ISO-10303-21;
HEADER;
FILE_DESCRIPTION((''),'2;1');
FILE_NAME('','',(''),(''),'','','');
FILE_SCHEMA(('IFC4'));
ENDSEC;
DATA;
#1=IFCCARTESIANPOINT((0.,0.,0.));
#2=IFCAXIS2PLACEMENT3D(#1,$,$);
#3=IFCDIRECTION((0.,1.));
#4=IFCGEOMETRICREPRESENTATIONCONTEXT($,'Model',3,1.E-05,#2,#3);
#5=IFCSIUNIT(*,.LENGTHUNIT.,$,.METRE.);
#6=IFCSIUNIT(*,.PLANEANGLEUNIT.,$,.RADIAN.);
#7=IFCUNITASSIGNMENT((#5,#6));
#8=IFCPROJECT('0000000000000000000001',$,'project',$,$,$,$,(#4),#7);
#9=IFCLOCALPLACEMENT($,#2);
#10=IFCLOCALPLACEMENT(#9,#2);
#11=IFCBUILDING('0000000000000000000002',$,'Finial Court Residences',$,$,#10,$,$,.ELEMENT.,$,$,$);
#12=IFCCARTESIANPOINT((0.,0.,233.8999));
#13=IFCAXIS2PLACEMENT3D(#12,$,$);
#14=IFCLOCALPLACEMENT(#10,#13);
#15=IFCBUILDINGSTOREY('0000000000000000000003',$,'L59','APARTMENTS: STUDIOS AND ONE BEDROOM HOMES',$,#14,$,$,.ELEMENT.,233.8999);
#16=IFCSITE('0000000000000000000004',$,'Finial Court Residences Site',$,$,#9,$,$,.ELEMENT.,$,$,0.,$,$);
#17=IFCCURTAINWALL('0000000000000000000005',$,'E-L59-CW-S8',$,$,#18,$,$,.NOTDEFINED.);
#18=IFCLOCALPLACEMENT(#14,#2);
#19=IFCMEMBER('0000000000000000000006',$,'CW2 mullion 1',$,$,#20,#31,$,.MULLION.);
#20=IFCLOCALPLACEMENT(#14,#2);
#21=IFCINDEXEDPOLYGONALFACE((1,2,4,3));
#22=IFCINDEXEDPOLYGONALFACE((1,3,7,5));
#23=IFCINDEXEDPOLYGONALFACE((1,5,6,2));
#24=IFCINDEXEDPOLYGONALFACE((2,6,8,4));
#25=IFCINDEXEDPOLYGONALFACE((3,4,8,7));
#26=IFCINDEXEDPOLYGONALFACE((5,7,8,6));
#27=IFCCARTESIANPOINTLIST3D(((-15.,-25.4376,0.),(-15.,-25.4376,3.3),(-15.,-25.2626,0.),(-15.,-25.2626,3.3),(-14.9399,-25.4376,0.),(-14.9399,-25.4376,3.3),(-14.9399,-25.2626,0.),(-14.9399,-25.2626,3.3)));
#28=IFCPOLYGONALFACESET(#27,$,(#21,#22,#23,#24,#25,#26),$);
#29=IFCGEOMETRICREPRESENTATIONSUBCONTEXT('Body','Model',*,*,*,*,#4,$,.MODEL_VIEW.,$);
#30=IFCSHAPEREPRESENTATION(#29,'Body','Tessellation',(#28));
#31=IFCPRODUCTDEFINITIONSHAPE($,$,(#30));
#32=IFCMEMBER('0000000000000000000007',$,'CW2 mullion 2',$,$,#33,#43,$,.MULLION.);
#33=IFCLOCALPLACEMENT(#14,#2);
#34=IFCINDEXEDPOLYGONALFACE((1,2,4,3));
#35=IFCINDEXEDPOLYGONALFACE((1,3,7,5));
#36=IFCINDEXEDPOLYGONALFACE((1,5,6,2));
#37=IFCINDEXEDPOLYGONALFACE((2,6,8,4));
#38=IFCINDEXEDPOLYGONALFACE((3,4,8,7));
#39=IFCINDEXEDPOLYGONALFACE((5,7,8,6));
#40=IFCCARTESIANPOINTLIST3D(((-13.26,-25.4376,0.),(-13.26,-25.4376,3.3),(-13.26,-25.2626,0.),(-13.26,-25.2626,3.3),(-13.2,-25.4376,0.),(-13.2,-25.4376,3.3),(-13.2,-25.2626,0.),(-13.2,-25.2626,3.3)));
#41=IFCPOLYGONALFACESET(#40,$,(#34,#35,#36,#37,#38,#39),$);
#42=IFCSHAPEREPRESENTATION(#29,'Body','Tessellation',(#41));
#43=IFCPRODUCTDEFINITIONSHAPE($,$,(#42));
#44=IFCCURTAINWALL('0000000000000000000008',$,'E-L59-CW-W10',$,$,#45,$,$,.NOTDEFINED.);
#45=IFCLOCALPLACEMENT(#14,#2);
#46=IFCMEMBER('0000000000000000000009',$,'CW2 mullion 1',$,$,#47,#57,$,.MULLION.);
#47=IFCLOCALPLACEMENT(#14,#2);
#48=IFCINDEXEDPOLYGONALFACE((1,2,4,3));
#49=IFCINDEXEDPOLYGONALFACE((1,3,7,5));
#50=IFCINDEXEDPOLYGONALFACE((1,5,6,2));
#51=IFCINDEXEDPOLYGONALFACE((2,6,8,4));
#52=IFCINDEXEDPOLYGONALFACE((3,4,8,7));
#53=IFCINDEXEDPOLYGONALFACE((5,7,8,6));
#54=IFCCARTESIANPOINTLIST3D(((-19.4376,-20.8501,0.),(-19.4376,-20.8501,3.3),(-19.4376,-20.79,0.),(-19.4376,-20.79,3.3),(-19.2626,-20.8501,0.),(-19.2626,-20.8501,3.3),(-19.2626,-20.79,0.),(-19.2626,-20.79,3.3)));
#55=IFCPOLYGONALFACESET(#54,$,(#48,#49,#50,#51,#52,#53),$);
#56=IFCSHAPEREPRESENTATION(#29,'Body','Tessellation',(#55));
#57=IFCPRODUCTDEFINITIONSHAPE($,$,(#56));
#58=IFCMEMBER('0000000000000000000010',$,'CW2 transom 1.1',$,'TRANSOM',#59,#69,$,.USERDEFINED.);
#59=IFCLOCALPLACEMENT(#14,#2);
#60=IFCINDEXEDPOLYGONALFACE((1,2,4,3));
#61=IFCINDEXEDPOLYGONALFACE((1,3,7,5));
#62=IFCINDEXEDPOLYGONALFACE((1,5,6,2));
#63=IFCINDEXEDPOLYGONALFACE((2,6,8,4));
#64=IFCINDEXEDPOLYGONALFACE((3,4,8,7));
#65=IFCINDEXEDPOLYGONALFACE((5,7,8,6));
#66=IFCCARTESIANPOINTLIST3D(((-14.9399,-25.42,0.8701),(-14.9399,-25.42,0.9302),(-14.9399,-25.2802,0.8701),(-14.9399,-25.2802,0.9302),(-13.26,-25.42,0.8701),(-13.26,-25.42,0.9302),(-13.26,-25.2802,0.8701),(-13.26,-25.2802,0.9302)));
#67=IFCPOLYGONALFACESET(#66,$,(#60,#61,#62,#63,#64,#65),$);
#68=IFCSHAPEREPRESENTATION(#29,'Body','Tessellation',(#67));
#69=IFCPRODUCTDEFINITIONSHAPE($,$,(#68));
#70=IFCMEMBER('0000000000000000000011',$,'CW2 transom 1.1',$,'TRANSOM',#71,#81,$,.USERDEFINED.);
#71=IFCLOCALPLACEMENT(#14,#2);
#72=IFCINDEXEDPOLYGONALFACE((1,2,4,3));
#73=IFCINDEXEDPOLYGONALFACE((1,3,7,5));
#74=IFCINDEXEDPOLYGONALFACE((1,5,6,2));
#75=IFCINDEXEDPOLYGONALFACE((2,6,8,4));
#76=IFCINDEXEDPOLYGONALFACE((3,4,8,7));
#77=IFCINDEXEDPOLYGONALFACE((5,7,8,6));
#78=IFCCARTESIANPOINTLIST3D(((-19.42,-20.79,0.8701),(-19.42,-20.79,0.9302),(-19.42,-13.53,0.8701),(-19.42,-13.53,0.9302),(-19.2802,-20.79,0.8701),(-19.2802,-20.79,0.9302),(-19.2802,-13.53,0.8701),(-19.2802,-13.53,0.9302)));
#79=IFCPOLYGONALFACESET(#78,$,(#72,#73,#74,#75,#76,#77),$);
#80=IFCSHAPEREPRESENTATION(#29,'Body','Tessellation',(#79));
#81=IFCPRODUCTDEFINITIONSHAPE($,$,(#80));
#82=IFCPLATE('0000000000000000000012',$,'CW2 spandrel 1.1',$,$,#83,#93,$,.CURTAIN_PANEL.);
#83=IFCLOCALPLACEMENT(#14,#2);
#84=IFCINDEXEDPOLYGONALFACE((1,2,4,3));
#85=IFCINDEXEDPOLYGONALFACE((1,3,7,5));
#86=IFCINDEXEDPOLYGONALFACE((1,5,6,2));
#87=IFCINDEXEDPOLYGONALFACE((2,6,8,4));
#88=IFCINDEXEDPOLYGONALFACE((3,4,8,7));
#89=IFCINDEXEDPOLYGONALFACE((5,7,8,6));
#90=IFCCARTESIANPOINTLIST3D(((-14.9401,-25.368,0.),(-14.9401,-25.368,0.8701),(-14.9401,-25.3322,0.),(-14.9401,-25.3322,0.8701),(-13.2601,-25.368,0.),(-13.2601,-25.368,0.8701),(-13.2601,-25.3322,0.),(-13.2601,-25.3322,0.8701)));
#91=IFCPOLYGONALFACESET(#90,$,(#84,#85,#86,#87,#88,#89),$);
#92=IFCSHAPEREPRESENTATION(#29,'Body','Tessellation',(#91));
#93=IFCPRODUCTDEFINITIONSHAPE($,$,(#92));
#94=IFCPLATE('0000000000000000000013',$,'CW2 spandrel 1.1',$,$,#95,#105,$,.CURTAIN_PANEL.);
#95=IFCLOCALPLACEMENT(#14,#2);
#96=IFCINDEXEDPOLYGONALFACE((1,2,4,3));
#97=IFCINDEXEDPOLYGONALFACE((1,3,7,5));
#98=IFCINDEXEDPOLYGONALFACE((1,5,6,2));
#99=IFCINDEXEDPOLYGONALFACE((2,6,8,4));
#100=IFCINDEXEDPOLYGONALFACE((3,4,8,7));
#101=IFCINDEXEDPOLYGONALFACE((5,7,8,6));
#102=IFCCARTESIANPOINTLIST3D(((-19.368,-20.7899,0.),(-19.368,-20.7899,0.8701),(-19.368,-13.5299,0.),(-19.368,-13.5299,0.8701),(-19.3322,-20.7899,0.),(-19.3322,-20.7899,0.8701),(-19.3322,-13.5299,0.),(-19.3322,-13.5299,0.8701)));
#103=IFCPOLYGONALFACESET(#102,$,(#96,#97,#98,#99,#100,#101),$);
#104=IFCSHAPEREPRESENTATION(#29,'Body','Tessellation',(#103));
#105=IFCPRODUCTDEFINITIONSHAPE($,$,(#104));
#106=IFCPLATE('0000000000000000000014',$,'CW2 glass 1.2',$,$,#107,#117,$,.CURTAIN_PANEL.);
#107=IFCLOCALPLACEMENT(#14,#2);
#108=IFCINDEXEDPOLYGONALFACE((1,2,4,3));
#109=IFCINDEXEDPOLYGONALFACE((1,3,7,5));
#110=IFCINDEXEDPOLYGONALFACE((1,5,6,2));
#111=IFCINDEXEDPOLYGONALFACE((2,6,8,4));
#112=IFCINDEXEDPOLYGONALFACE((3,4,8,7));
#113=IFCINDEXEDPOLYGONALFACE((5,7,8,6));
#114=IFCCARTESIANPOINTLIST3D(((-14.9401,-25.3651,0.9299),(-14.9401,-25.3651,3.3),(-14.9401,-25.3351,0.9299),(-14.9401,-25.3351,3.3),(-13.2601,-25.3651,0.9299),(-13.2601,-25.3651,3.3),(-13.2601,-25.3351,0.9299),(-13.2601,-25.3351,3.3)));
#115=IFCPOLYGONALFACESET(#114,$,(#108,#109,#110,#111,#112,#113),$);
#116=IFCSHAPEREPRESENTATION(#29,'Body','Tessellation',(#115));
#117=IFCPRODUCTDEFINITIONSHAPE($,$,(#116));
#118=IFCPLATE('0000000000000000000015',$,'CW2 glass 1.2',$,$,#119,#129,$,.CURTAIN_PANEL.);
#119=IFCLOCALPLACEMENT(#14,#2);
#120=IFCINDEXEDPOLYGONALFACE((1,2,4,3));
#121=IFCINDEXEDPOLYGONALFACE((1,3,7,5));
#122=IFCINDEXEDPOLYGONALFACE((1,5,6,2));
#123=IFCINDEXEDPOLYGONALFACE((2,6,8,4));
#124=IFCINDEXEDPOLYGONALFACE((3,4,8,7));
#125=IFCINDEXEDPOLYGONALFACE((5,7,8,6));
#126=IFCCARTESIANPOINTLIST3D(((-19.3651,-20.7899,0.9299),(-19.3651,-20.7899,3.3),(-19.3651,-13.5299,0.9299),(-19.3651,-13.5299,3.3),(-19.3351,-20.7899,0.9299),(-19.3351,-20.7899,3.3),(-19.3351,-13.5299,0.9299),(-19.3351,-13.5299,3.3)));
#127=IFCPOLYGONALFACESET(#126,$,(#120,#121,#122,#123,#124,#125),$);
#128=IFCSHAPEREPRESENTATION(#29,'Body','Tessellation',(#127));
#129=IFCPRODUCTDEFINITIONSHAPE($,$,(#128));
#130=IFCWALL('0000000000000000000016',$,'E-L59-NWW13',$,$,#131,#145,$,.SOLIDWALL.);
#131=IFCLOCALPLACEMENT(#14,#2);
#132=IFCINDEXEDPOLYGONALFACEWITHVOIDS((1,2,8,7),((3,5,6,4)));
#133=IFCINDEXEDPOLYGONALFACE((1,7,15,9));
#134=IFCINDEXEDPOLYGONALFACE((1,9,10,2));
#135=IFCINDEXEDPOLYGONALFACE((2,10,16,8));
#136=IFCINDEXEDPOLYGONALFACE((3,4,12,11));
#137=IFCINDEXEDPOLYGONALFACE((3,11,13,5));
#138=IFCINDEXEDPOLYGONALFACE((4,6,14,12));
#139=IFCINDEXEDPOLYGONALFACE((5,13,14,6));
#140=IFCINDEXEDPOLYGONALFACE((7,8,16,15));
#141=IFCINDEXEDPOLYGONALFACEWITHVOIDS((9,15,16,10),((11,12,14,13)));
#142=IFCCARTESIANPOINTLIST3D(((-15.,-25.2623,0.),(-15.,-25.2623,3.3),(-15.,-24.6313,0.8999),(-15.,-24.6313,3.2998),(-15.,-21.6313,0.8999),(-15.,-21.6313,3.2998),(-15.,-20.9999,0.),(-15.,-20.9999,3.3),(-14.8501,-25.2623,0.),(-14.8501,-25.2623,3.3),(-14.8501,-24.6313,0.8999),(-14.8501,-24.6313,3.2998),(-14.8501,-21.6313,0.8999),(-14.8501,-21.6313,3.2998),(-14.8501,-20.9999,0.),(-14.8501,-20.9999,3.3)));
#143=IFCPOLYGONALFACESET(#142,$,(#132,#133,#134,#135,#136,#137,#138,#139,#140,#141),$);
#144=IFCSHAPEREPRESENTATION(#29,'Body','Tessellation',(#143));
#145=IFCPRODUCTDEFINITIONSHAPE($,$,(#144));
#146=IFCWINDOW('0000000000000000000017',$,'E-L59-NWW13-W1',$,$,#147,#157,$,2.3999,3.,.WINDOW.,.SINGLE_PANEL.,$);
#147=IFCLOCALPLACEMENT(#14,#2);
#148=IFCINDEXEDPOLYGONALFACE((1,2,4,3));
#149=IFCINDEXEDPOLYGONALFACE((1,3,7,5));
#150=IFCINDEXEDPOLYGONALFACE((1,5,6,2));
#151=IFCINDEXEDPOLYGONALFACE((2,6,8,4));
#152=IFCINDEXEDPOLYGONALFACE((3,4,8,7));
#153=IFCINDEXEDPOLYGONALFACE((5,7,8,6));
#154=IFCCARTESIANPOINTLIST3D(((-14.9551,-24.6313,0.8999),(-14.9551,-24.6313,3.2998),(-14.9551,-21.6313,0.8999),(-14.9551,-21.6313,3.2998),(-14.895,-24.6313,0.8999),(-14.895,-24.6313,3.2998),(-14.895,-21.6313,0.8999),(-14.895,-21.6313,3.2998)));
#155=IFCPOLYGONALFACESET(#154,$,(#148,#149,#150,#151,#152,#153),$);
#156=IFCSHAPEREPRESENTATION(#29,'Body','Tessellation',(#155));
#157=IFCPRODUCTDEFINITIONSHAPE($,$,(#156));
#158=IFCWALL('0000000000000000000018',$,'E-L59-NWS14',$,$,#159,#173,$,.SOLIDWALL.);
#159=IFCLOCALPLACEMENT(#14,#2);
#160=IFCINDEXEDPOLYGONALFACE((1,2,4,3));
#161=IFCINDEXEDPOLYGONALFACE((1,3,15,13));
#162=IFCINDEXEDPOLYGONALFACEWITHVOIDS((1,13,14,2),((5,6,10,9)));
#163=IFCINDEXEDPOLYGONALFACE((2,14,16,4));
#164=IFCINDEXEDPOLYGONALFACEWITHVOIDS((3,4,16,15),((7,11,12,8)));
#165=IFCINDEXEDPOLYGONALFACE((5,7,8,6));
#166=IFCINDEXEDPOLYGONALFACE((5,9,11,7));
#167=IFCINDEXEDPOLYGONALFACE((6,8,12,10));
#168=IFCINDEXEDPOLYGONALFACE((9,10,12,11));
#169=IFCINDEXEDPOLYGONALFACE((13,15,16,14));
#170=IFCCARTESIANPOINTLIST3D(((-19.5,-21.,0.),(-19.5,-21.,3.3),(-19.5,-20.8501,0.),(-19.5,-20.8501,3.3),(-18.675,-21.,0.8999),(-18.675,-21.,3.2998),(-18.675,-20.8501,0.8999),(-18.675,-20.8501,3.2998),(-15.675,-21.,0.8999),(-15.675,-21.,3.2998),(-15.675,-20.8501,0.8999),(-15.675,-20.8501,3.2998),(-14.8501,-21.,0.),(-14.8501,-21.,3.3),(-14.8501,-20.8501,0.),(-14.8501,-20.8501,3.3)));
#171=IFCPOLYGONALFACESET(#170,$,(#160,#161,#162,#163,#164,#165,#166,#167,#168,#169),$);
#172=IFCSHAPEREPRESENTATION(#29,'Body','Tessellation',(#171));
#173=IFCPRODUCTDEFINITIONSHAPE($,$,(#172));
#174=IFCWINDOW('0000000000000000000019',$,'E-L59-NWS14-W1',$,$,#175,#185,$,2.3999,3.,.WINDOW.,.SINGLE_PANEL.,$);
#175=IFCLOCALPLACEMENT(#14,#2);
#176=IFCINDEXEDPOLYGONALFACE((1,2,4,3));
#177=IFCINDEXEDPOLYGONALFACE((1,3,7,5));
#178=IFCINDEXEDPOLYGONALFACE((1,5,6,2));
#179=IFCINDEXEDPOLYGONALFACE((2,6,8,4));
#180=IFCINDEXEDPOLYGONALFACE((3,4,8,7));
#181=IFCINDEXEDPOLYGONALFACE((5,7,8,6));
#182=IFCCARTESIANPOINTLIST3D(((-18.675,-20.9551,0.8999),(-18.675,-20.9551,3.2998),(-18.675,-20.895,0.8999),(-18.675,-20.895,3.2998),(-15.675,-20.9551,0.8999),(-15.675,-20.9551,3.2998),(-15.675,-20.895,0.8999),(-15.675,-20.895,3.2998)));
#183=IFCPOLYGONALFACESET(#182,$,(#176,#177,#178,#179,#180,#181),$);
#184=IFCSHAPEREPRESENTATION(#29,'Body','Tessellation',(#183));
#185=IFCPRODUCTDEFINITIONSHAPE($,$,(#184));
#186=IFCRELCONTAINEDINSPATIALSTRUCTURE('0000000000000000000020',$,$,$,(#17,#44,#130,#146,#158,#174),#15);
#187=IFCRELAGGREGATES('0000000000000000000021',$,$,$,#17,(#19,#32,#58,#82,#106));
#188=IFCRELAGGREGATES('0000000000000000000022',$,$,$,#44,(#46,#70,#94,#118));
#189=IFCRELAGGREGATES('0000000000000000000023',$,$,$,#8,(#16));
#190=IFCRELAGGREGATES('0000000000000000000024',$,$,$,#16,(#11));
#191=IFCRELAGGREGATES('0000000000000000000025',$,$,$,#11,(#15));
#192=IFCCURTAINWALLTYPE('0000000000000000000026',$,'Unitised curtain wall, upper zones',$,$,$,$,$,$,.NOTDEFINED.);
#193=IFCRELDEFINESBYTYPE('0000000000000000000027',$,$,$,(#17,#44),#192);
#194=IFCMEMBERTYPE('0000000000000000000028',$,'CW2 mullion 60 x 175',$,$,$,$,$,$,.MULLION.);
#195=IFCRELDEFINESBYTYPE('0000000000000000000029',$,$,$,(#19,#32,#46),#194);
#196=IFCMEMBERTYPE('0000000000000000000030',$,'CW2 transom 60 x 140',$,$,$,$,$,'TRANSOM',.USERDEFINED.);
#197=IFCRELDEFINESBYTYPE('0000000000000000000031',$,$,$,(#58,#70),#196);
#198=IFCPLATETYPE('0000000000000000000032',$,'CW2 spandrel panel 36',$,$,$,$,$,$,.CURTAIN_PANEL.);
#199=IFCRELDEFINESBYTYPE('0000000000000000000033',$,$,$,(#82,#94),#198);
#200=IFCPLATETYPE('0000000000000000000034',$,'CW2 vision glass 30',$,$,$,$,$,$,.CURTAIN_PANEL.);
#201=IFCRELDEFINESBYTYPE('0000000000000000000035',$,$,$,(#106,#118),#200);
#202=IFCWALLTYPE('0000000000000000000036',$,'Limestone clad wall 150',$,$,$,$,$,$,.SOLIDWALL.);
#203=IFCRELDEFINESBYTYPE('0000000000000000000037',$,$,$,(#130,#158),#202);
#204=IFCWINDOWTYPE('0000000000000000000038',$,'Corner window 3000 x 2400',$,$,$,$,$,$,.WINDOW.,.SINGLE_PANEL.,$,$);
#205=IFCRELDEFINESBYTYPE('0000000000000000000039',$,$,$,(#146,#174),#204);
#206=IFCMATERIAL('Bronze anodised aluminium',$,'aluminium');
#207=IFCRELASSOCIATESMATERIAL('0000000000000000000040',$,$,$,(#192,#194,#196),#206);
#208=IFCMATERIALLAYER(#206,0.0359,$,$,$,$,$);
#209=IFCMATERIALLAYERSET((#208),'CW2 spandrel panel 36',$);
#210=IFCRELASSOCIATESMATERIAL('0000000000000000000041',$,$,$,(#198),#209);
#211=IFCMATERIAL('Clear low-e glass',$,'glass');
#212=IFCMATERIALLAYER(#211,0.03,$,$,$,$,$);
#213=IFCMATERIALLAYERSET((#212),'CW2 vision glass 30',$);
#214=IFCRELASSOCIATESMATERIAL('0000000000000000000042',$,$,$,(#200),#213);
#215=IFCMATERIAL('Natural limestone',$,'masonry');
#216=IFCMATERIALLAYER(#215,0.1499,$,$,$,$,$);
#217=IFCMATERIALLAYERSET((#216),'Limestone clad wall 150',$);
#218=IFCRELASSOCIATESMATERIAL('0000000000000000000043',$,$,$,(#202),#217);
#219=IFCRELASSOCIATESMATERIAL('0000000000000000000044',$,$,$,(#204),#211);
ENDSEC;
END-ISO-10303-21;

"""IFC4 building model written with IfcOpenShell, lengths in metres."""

from ifc_helpers import new_model, si_unit, direction, frame, frame_2d, origin, origin_2d, place, context, subcontext, project, spatial, rectangle, extrude, material, layer, layer_set, material_profile, profile_set, type_object, element, fill, aggregate, save


model = new_model("IFC4")

# Units and contexts
model_context = context("Model", 3, precision=1e-05, world=origin(), true_north=direction((0.0, 1.0)))
body_context = subcontext(model_context, "Body", "Model", "MODEL_VIEW")
ifc_project = project(units=[si_unit("LENGTHUNIT", "METRE"), si_unit("PLANEANGLEUNIT", "RADIAN")], contexts=[model_context])

# Site, building, storey
site_placement = place(None, origin())
site = spatial("IfcSite", under=ifc_project, at=site_placement, Name="Finial Court Residences Site", CompositionType="ELEMENT", RefElevation=0.0)
building_placement = place(site_placement, origin())
building = spatial("IfcBuilding", under=site, at=building_placement, Name="Finial Court Residences", CompositionType="ELEMENT")
storey_placement = place(building_placement, frame((0.0, 0.0, 233.8999)))
storey = spatial("IfcBuildingStorey", under=building, at=storey_placement, Name="L59", Description="APARTMENTS: STUDIOS AND ONE BEDROOM HOMES", CompositionType="ELEMENT", Elevation=233.8999)

# Curtain wall, members
ifc_material_1 = material(Name="Bronze anodised aluminium", Category="aluminium")
curtain_wall_type = type_object("IfcCurtainWallType", Name="Unitised curtain wall, upper zones", PredefinedType="NOTDEFINED", material=ifc_material_1)
curtain_wall_1_placement = place(storey_placement, origin())
curtain_wall_1 = element("IfcCurtainWall", 1, at=curtain_wall_1_placement, inside=storey, type_object=curtain_wall_type, Name="E-L59-CW-S8", PredefinedType="NOTDEFINED")
ifc_material_profile_1 = material_profile(ifc_material_1, rectangle(XDim=0.175, YDim=0.0601, at=origin_2d()), Name="CW2 mullion 60 x 175")
ifc_profile_set_1 = profile_set([ifc_material_profile_1], Name="Bronze anodised aluminium")
member_type_1 = type_object("IfcMemberType", Name="CW2 mullion 60 x 175", PredefinedType="MULLION", material=ifc_profile_set_1)
member_1_placement = place(storey_placement, frame((-14.97, -25.3501, 0.0), z_axis=(0.0, 0.0, 1.0), x_axis=(0.0, 1.0, 0.0)))
member_1 = element("IfcMember", 2, at=member_1_placement, type_object=member_type_1, Name="CW2 mullion 1", PredefinedType="MULLION", context=body_context, shape_type="SweptSolid", body=[
    extrude(rectangle(XDim=0.175, YDim=0.0601, at=origin_2d()), origin(), (0.0, 0.0, 1.0), 3.3),
])
member_2_placement = place(storey_placement, frame((-13.23, -25.3501, 0.0), z_axis=(0.0, 0.0, 1.0), x_axis=(0.0, 1.0, 0.0)))
member_2 = element("IfcMember", 3, at=member_2_placement, type_object=member_type_1, Name="CW2 mullion 2", PredefinedType="MULLION", context=body_context, shape_type="SweptSolid", body=[
    extrude(rectangle(XDim=0.175, YDim=0.0601, at=origin_2d()), origin(), (0.0, 0.0, 1.0), 3.3),
])

# Curtain wall, member
curtain_wall_2_placement = place(storey_placement, origin())
curtain_wall_2 = element("IfcCurtainWall", 4, at=curtain_wall_2_placement, inside=storey, type_object=curtain_wall_type, Name="E-L59-CW-W10", PredefinedType="NOTDEFINED")
member_3_placement = place(storey_placement, frame((-19.3501, -20.8201, 0.0), z_axis=(0.0, 0.0, 1.0), x_axis=(-1.0, 0.0, 0.0)))
member_3 = element("IfcMember", 5, at=member_3_placement, type_object=member_type_1, Name="CW2 mullion 1", PredefinedType="MULLION", context=body_context, shape_type="SweptSolid", body=[
    extrude(rectangle(XDim=0.175, YDim=0.0601, at=origin_2d()), origin(), (0.0, 0.0, 1.0), 3.3),
])

# Members
ifc_material_profile_2 = material_profile(ifc_material_1, rectangle(XDim=0.1399, YDim=0.0601, at=origin_2d()), Name="CW2 transom 60 x 140")
ifc_profile_set_2 = profile_set([ifc_material_profile_2], Name="Bronze anodised aluminium")
member_type_2 = type_object("IfcMemberType", Name="CW2 transom 60 x 140", ElementType="TRANSOM", PredefinedType="USERDEFINED", material=ifc_profile_set_2)
member_4_placement = place(storey_placement, frame((-14.9399, -25.3501, 0.9001), z_axis=(1.0, 0.0, 0.0), x_axis=(0.0, 1.0, 0.0)))
member_4 = element("IfcMember", 6, at=member_4_placement, type_object=member_type_2, Name="CW2 transom 1.1", ObjectType="TRANSOM", PredefinedType="USERDEFINED", context=body_context, shape_type="SweptSolid", body=[
    extrude(rectangle(XDim=0.1399, YDim=0.0601, at=origin_2d()), origin(), (0.0, 0.0, 1.0), 1.6799),
])
member_5_placement = place(storey_placement, frame((-19.3501, -20.79, 0.9001), z_axis=(0.0, 1.0, 0.0), x_axis=(-1.0, 0.0, 0.0)))
member_5 = element("IfcMember", 7, at=member_5_placement, type_object=member_type_2, Name="CW2 transom 1.1", ObjectType="TRANSOM", PredefinedType="USERDEFINED", context=body_context, shape_type="SweptSolid", body=[
    extrude(rectangle(XDim=0.1399, YDim=0.0601, at=origin_2d()), origin(), (0.0, 0.0, 1.0), 7.26),
])

# Plates
ifc_layer_1 = layer(ifc_material_1, 0.0359)
ifc_layer_set_1 = layer_set([ifc_layer_1], Name="CW2 spandrel panel 36")
plate_type_1 = type_object("IfcPlateType", Name="CW2 spandrel panel 36", PredefinedType="CURTAIN_PANEL", material=ifc_layer_set_1)
plate_1_placement = place(storey_placement, frame((-14.1001, -25.3501, 0.0), z_axis=(0.0, 0.0, 1.0), x_axis=(1.0, 0.0, 0.0)))
plate_1 = element("IfcPlate", 8, at=plate_1_placement, type_object=plate_type_1, Name="CW2 spandrel 1.1", PredefinedType="CURTAIN_PANEL", context=body_context, shape_type="SweptSolid", body=[
    extrude(rectangle(XDim=1.6799, YDim=0.0359, at=origin_2d()), origin(), (0.0, 0.0, 1.0), 0.8701),
])
plate_2_placement = place(storey_placement, frame((-19.3501, -17.1599, 0.0), z_axis=(0.0, 0.0, 1.0), x_axis=(0.0, 1.0, 0.0)))
plate_2 = element("IfcPlate", 9, at=plate_2_placement, type_object=plate_type_1, Name="CW2 spandrel 1.1", PredefinedType="CURTAIN_PANEL", context=body_context, shape_type="SweptSolid", body=[
    extrude(rectangle(XDim=7.26, YDim=0.0359, at=origin_2d()), origin(), (0.0, 0.0, 1.0), 0.8701),
])
ifc_material_2 = material(Name="Clear low-e glass", Category="glass")
ifc_layer_2 = layer(ifc_material_2, 0.03)
ifc_layer_set_2 = layer_set([ifc_layer_2], Name="CW2 vision glass 30")
plate_type_2 = type_object("IfcPlateType", Name="CW2 vision glass 30", PredefinedType="CURTAIN_PANEL", material=ifc_layer_set_2)
plate_3_placement = place(storey_placement, frame((-14.1001, -25.3501, 0.9299), z_axis=(0.0, 0.0, 1.0), x_axis=(1.0, 0.0, 0.0)))
plate_3 = element("IfcPlate", 10, at=plate_3_placement, type_object=plate_type_2, Name="CW2 glass 1.2", PredefinedType="CURTAIN_PANEL", context=body_context, shape_type="SweptSolid", body=[
    extrude(rectangle(XDim=1.6799, YDim=0.03, at=origin_2d()), origin(), (0.0, 0.0, 1.0), 2.3701),
])
aggregate(curtain_wall_1, [member_1, member_2, member_4, plate_1, plate_3])
plate_4_placement = place(storey_placement, frame((-19.3501, -17.1599, 0.9299), z_axis=(0.0, 0.0, 1.0), x_axis=(0.0, 1.0, 0.0)))
plate_4 = element("IfcPlate", 11, at=plate_4_placement, type_object=plate_type_2, Name="CW2 glass 1.2", PredefinedType="CURTAIN_PANEL", context=body_context, shape_type="SweptSolid", body=[
    extrude(rectangle(XDim=7.26, YDim=0.03, at=origin_2d()), origin(), (0.0, 0.0, 1.0), 2.3701),
])
aggregate(curtain_wall_2, [member_3, member_5, plate_2, plate_4])

# Walls, openings, windows
ifc_material_3 = material(Name="Natural limestone", Category="masonry")
ifc_layer_3 = layer(ifc_material_3, 0.1499)
ifc_layer_set_3 = layer_set([ifc_layer_3], Name="Limestone clad wall 150")
wall_type = type_object("IfcWallType", Name="Limestone clad wall 150", PredefinedType="SOLIDWALL", material=ifc_layer_set_3)
wall_1_placement = place(storey_placement, frame((-14.925, -25.2625, 0.0), z_axis=(0.0, 0.0, 1.0), x_axis=(0.0, 1.0, 0.0)))
wall_1 = element("IfcWall", 12, at=wall_1_placement, inside=storey, type_object=wall_type, Name="E-L59-NWW13", PredefinedType="SOLIDWALL", context=body_context, shape_type="SweptSolid", body=[
    extrude(rectangle(XDim=4.2625, YDim=0.1499, at=frame_2d((2.1313, 0.0))), origin(), (0.0, 0.0, 1.0), 3.3),
])
opening_1_placement = place(wall_1_placement, frame((0.6311, 0.0, 0.8999)))
opening_1 = element("IfcOpeningElement", 13, at=opening_1_placement, cuts=wall_1, PredefinedType="OPENING", context=body_context, shape_type="SweptSolid", body=[
    extrude(rectangle(XDim=3.0, YDim=2.3999, at=frame_2d((1.5, 1.2))), frame((0.0, 0.085, 0.0), z_axis=(0.0, -1.0, 0.0), x_axis=(1.0, 0.0, 0.0)), (0.0, 0.0, 1.0), 0.1699),
])
window_type = type_object("IfcWindowType", Name="Corner window 3000 x 2400", PartitioningType="SINGLE_PANEL", PredefinedType="WINDOW", material=ifc_material_2)
window_1_placement = place(opening_1_placement, origin())
window_1 = element("IfcWindow", 14, at=window_1_placement, inside=storey, type_object=window_type, Name="E-L59-NWW13-W1", OverallHeight=2.3999, OverallWidth=3.0, PartitioningType="SINGLE_PANEL", PredefinedType="WINDOW", context=body_context, shape_type="SweptSolid", body=[
    extrude(rectangle(XDim=3.0, YDim=2.3999, at=frame_2d((1.5, 1.2))), frame((0.0, 0.03, 0.0), z_axis=(0.0, -1.0, 0.0), x_axis=(1.0, 0.0, 0.0)), (0.0, 0.0, 1.0), 0.0601),
])
fill(opening_1, window_1)
wall_2_placement = place(storey_placement, frame((-14.8501, -20.925, 0.0), z_axis=(0.0, 0.0, 1.0), x_axis=(-1.0, 0.0, 0.0)))
wall_2 = element("IfcWall", 15, at=wall_2_placement, inside=storey, type_object=wall_type, Name="E-L59-NWS14", PredefinedType="SOLIDWALL", context=body_context, shape_type="SweptSolid", body=[
    extrude(rectangle(XDim=4.6499, YDim=0.1499, at=frame_2d((2.325, 0.0))), origin(), (0.0, 0.0, 1.0), 3.3),
])
opening_2_placement = place(wall_2_placement, frame((0.825, 0.0, 0.8999)))
opening_2 = element("IfcOpeningElement", 16, at=opening_2_placement, cuts=wall_2, PredefinedType="OPENING", context=body_context, shape_type="SweptSolid", body=[
    extrude(rectangle(XDim=3.0, YDim=2.3999, at=frame_2d((1.5, 1.2))), frame((0.0, 0.085, 0.0), z_axis=(0.0, -1.0, 0.0), x_axis=(1.0, 0.0, 0.0)), (0.0, 0.0, 1.0), 0.1699),
])
window_2_placement = place(opening_2_placement, origin())
window_2 = element("IfcWindow", 17, at=window_2_placement, inside=storey, type_object=window_type, Name="E-L59-NWS14-W1", OverallHeight=2.3999, OverallWidth=3.0, PartitioningType="SINGLE_PANEL", PredefinedType="WINDOW", context=body_context, shape_type="SweptSolid", body=[
    extrude(rectangle(XDim=3.0, YDim=2.3999, at=frame_2d((1.5, 1.2))), frame((0.0, 0.03, 0.0), z_axis=(0.0, -1.0, 0.0), x_axis=(1.0, 0.0, 0.0)), (0.0, 0.0, 1.0), 0.0601),
])
fill(opening_2, window_2)

save(model, "model.ifc")
